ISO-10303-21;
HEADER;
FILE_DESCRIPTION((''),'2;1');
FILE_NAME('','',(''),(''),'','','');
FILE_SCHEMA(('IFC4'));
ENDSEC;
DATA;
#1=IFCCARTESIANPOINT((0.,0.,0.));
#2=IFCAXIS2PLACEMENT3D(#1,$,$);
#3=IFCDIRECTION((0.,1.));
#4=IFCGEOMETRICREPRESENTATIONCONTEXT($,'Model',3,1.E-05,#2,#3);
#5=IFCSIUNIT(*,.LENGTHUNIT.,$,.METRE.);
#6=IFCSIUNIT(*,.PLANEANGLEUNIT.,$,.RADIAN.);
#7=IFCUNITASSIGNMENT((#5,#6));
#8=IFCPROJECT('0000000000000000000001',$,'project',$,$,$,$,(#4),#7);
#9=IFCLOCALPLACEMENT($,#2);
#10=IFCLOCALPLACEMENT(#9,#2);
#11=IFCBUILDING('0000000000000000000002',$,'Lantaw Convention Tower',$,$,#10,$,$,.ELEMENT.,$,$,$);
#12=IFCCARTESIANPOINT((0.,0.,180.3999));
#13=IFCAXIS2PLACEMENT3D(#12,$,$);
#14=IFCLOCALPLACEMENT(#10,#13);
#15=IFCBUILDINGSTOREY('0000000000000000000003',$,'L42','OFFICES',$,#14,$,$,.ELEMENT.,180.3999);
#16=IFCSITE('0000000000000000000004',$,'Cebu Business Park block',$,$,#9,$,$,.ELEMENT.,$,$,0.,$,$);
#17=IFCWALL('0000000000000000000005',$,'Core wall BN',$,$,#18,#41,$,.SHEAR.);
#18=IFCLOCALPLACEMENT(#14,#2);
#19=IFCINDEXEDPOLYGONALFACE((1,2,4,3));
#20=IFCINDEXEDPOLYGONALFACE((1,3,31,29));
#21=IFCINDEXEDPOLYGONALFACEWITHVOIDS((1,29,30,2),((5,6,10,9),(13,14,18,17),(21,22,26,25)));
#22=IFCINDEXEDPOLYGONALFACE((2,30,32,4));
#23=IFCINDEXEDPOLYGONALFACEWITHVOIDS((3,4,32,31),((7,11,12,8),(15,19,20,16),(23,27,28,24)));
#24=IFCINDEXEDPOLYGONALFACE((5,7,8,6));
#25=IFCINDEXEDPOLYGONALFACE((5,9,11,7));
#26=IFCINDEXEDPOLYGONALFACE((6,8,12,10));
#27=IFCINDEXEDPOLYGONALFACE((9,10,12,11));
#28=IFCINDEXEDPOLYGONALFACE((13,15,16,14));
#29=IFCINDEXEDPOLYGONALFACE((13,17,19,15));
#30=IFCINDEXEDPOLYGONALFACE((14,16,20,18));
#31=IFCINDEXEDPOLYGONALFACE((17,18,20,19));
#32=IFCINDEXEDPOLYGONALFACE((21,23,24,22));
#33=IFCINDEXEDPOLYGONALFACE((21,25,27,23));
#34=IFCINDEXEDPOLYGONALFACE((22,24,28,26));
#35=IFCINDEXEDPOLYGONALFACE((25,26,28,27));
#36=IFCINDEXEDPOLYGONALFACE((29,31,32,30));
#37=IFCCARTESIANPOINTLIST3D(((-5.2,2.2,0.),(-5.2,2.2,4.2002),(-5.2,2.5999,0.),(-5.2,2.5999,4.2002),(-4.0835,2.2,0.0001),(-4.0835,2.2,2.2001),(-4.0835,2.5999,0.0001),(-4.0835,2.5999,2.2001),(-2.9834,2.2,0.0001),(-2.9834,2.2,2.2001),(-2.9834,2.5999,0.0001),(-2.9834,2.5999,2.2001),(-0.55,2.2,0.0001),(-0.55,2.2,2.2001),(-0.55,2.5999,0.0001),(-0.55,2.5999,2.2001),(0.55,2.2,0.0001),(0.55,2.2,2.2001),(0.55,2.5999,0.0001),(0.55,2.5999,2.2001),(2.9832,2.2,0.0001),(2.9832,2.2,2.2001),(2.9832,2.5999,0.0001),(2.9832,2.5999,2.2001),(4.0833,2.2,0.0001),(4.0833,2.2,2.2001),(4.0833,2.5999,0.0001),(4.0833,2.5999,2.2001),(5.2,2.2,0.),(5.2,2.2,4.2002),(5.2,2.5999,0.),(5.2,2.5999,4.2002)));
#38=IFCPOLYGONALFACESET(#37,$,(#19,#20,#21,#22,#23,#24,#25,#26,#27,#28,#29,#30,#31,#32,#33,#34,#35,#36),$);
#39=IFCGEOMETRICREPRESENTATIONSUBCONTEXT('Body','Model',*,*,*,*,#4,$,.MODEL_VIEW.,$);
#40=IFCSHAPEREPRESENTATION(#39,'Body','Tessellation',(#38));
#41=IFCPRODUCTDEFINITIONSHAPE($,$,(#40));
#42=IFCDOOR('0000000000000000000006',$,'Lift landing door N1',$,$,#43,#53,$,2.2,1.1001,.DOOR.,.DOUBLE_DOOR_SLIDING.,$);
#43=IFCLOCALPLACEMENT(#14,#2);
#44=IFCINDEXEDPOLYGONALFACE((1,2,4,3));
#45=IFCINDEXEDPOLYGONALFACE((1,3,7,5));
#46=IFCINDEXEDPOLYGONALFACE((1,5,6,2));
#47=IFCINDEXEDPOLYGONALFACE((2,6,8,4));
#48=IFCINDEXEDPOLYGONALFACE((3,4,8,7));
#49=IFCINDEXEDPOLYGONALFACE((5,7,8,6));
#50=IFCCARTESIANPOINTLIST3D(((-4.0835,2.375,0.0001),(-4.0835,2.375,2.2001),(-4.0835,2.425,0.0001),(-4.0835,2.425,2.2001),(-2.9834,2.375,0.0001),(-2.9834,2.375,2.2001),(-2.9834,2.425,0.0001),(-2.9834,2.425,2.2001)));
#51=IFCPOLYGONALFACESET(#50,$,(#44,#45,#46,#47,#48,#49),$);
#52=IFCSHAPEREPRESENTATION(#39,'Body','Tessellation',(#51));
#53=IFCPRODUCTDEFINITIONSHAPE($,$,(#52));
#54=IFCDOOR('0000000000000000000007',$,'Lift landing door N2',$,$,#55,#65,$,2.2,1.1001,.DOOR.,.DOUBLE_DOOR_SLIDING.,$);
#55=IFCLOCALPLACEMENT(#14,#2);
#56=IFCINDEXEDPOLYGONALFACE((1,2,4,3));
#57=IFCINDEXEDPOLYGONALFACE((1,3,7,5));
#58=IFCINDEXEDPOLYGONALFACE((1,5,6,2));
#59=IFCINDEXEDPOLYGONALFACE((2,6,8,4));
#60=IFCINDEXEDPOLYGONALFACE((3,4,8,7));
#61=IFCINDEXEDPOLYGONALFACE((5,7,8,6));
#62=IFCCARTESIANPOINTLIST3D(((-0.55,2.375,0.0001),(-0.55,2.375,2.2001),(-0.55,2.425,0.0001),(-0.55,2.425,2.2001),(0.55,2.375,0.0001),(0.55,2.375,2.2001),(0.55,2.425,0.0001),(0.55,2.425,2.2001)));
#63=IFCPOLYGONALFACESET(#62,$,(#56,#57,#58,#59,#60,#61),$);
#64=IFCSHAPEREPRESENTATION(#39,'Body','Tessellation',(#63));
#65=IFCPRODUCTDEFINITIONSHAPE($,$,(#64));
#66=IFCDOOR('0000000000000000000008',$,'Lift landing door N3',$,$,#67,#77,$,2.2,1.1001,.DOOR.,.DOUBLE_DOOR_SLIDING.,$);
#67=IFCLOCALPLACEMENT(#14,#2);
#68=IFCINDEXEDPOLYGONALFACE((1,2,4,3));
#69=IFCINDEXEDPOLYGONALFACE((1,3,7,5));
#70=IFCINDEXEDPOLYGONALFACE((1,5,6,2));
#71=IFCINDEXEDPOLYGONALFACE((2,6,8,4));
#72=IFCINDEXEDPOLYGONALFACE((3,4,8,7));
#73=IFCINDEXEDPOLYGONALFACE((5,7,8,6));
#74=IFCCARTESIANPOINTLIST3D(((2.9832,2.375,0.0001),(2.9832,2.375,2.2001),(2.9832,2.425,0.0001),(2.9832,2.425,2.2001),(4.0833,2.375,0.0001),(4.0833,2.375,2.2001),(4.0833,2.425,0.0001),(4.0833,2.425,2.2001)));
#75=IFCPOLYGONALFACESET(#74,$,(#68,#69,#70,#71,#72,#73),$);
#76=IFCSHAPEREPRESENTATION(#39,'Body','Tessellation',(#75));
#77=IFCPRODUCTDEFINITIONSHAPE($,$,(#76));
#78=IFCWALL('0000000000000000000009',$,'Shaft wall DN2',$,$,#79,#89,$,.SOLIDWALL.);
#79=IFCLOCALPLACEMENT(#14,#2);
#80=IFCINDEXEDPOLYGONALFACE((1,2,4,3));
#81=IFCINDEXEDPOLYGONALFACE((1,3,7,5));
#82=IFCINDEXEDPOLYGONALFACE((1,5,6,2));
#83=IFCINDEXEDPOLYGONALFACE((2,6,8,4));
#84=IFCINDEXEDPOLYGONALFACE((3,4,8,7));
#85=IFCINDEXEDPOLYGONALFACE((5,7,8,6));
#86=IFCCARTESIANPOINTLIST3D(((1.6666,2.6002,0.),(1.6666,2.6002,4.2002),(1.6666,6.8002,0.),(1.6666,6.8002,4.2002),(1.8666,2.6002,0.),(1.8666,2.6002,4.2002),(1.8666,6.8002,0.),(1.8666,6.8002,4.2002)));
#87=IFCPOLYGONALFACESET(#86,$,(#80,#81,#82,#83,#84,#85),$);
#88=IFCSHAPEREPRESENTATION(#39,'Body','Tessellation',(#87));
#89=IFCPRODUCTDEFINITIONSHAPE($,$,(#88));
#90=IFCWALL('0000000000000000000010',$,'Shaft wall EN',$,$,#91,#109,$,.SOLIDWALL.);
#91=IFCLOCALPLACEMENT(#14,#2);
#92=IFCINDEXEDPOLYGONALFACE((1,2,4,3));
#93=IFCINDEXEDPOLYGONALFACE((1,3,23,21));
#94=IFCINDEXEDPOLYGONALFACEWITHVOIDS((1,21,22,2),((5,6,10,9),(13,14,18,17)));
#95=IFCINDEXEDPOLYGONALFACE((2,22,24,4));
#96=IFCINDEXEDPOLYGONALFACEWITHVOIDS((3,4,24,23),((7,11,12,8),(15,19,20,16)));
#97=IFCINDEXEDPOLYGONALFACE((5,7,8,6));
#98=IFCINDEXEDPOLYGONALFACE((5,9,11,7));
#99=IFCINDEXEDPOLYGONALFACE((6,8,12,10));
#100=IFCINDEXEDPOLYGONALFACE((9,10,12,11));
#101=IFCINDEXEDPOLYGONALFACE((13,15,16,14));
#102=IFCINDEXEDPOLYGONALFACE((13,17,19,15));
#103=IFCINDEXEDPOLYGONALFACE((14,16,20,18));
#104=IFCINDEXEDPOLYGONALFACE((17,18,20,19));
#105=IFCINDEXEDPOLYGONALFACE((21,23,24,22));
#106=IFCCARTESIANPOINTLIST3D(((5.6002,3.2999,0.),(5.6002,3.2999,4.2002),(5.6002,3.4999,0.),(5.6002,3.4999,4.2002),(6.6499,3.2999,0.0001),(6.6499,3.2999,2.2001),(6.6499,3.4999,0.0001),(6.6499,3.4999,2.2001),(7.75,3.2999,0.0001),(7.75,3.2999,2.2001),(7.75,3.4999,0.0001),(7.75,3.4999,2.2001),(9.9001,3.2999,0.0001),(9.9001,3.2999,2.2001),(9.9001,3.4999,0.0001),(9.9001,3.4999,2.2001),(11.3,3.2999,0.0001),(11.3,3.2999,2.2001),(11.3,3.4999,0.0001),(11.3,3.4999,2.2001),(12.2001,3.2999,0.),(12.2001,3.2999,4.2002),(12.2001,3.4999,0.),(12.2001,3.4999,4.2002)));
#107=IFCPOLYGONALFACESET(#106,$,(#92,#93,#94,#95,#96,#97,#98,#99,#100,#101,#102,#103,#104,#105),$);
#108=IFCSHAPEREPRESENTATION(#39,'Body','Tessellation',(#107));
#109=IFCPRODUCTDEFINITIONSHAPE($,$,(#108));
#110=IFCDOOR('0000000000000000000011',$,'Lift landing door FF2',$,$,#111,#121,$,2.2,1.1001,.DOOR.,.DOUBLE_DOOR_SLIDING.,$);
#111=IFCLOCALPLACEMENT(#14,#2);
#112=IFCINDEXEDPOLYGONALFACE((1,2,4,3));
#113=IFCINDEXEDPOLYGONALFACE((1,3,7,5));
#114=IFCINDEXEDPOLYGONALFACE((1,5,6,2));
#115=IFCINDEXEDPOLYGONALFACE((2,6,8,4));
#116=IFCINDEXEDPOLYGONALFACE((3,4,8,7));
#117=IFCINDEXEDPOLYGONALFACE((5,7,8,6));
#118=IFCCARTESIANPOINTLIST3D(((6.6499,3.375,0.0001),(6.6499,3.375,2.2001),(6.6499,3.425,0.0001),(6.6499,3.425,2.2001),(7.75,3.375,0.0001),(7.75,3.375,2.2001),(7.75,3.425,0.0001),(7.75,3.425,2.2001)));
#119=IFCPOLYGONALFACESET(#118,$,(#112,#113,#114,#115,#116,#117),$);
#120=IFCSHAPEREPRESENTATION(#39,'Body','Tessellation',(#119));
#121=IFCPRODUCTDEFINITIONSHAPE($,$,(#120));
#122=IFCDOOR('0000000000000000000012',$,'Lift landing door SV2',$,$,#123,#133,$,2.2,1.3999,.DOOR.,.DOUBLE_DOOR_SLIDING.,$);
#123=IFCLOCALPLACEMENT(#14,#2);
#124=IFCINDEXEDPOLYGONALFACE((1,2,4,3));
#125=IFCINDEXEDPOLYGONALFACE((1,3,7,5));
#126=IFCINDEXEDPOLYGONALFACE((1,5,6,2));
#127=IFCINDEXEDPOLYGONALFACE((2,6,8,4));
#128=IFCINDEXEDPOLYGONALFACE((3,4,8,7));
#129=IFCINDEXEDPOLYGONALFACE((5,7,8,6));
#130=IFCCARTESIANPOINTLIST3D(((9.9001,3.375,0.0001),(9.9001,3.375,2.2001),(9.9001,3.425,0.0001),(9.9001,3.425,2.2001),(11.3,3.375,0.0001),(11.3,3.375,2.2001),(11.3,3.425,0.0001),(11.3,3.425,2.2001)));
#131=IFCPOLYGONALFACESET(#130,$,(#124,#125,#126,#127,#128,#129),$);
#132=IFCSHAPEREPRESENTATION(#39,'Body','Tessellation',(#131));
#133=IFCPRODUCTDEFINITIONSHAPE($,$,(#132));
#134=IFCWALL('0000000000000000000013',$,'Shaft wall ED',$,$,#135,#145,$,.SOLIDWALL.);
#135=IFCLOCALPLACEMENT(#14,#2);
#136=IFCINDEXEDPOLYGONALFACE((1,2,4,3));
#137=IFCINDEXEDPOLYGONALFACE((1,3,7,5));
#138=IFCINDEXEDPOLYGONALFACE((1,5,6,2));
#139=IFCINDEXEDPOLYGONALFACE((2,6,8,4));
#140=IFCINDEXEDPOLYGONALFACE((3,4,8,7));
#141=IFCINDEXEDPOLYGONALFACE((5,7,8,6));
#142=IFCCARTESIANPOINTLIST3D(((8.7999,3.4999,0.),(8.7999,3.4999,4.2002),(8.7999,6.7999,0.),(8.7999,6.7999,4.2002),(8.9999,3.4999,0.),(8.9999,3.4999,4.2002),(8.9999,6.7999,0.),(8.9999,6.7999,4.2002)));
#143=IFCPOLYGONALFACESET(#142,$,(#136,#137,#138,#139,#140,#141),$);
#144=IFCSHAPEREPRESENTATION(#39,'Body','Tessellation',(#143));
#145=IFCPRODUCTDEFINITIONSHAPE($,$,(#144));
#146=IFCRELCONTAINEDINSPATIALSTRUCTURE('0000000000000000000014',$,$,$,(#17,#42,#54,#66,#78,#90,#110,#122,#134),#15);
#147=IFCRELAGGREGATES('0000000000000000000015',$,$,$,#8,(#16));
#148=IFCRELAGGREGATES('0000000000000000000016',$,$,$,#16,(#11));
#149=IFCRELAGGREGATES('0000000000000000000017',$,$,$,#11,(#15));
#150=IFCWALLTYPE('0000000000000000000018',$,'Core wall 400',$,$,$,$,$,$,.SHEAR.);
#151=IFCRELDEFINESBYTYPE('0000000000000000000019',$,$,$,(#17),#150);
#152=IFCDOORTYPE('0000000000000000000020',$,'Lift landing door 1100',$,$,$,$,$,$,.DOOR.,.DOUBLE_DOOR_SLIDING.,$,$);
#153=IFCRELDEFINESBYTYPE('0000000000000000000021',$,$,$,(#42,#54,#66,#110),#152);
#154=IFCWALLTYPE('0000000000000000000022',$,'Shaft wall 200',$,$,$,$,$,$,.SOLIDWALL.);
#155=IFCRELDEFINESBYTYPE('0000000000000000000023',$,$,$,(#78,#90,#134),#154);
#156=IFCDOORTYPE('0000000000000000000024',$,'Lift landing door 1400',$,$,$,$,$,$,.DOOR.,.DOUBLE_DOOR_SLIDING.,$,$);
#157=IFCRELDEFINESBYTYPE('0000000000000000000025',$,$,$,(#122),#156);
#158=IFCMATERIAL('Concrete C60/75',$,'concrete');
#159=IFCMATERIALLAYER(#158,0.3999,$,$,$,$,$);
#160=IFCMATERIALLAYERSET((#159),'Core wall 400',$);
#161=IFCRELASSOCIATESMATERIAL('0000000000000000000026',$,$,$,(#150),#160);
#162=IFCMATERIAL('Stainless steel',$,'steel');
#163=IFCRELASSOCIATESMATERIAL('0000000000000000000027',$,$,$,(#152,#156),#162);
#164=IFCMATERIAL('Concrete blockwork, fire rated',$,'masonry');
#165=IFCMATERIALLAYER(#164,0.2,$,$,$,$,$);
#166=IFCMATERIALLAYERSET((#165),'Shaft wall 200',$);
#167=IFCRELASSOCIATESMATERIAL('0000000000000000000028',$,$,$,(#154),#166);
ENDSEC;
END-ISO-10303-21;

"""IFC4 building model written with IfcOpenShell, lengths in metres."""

from ifc_helpers import new_model, si_unit, direction, frame, frame_2d, origin, place, context, subcontext, project, spatial, rectangle, extrude, material, layer, layer_set, type_object, element, fill, save


model = new_model("IFC4")

# Units and contexts
model_context = context("Model", 3, precision=1e-05, world=origin(), true_north=direction((0.0, 1.0)))
body_context = subcontext(model_context, "Body", "Model", "MODEL_VIEW")
ifc_project = project(units=[si_unit("LENGTHUNIT", "METRE"), si_unit("PLANEANGLEUNIT", "RADIAN")], contexts=[model_context])

# Site, building, storey
site_placement = place(None, origin())
site = spatial("IfcSite", under=ifc_project, at=site_placement, Name="Cebu Business Park block", CompositionType="ELEMENT", RefElevation=0.0)
building_placement = place(site_placement, origin())
building = spatial("IfcBuilding", under=site, at=building_placement, Name="Lantaw Convention Tower", CompositionType="ELEMENT")
storey_placement = place(building_placement, frame((0.0, 0.0, 180.3999)))
storey = spatial("IfcBuildingStorey", under=building, at=storey_placement, Name="L42", Description="OFFICES", CompositionType="ELEMENT", Elevation=180.3999)

# Shared definitions
ifc_material_1 = material(Name="Concrete C60/75", Category="concrete")

# Wall, openings, doors
ifc_layer_1 = layer(ifc_material_1, 0.3999)
ifc_layer_set_1 = layer_set([ifc_layer_1], Name="Core wall 400")
wall_type_1 = type_object("IfcWallType", Name="Core wall 400", PredefinedType="SHEAR", material=ifc_layer_set_1)
wall_1_placement = place(storey_placement, frame((5.2, 2.3999, 0.0), z_axis=(0.0, 0.0, 1.0), x_axis=(-1.0, 0.0, 0.0)))
wall_1 = element("IfcWall", 1, at=wall_1_placement, inside=storey, type_object=wall_type_1, Name="Core wall BN", PredefinedType="SHEAR", context=body_context, shape_type="SweptSolid", body=[
    extrude(rectangle(XDim=10.3999, YDim=0.3999, at=frame_2d((5.2, 0.0))), origin(), (0.0, 0.0, 1.0), 4.2002),
])
opening_1_placement = place(wall_1_placement, frame((8.1833, 0.0, 0.0)))
opening_1 = element("IfcOpeningElement", 2, at=opening_1_placement, cuts=wall_1, PredefinedType="OPENING", context=body_context, shape_type="SweptSolid", body=[
    extrude(rectangle(XDim=1.1001, YDim=2.2, at=frame_2d((0.55, 1.1001))), frame((0.0, 0.21, 0.0), z_axis=(0.0, -1.0, 0.0), x_axis=(1.0, 0.0, 0.0)), (0.0, 0.0, 1.0), 0.4199),
])
opening_2_placement = place(wall_1_placement, frame((4.6499, 0.0, 0.0)))
opening_2 = element("IfcOpeningElement", 3, at=opening_2_placement, cuts=wall_1, PredefinedType="OPENING", context=body_context, shape_type="SweptSolid", body=[
    extrude(rectangle(XDim=1.1001, YDim=2.2, at=frame_2d((0.55, 1.1001))), frame((0.0, 0.21, 0.0), z_axis=(0.0, -1.0, 0.0), x_axis=(1.0, 0.0, 0.0)), (0.0, 0.0, 1.0), 0.4199),
])
opening_3_placement = place(wall_1_placement, frame((1.1167, 0.0, 0.0)))
opening_3 = element("IfcOpeningElement", 4, at=opening_3_placement, cuts=wall_1, PredefinedType="OPENING", context=body_context, shape_type="SweptSolid", body=[
    extrude(rectangle(XDim=1.1001, YDim=2.2, at=frame_2d((0.55, 1.1001))), frame((0.0, 0.21, 0.0), z_axis=(0.0, -1.0, 0.0), x_axis=(1.0, 0.0, 0.0)), (0.0, 0.0, 1.0), 0.4199),
])
ifc_material_2 = material(Name="Stainless steel", Category="steel")
door_type_1 = type_object("IfcDoorType", Name="Lift landing door 1100", OperationType="DOUBLE_DOOR_SLIDING", PredefinedType="DOOR", material=ifc_material_2)
door_1_placement = place(opening_1_placement, origin())
door_1 = element("IfcDoor", 5, at=door_1_placement, inside=storey, type_object=door_type_1, Name="Lift landing door N1", OperationType="DOUBLE_DOOR_SLIDING", OverallHeight=2.2, OverallWidth=1.1001, PredefinedType="DOOR", context=body_context, shape_type="SweptSolid", body=[
    extrude(rectangle(XDim=1.1001, YDim=2.2, at=frame_2d((0.55, 1.1001))), frame((0.0, 0.0249, 0.0), z_axis=(0.0, -1.0, 0.0), x_axis=(1.0, 0.0, 0.0)), (0.0, 0.0, 1.0), 0.05),
])
fill(opening_1, door_1)
door_2_placement = place(opening_2_placement, origin())
door_2 = element("IfcDoor", 6, at=door_2_placement, inside=storey, type_object=door_type_1, Name="Lift landing door N2", OperationType="DOUBLE_DOOR_SLIDING", OverallHeight=2.2, OverallWidth=1.1001, PredefinedType="DOOR", context=body_context, shape_type="SweptSolid", body=[
    extrude(rectangle(XDim=1.1001, YDim=2.2, at=frame_2d((0.55, 1.1001))), frame((0.0, 0.0249, 0.0), z_axis=(0.0, -1.0, 0.0), x_axis=(1.0, 0.0, 0.0)), (0.0, 0.0, 1.0), 0.05),
])
fill(opening_2, door_2)
door_3_placement = place(opening_3_placement, origin())
door_3 = element("IfcDoor", 7, at=door_3_placement, inside=storey, type_object=door_type_1, Name="Lift landing door N3", OperationType="DOUBLE_DOOR_SLIDING", OverallHeight=2.2, OverallWidth=1.1001, PredefinedType="DOOR", context=body_context, shape_type="SweptSolid", body=[
    extrude(rectangle(XDim=1.1001, YDim=2.2, at=frame_2d((0.55, 1.1001))), frame((0.0, 0.0249, 0.0), z_axis=(0.0, -1.0, 0.0), x_axis=(1.0, 0.0, 0.0)), (0.0, 0.0, 1.0), 0.05),
])
fill(opening_3, door_3)

# Wall
ifc_material_3 = material(Name="Concrete blockwork, fire rated", Category="masonry")
ifc_layer_2 = layer(ifc_material_3, 0.2)
ifc_layer_set_2 = layer_set([ifc_layer_2], Name="Shaft wall 200")
wall_type_2 = type_object("IfcWallType", Name="Shaft wall 200", PredefinedType="SOLIDWALL", material=ifc_layer_set_2)
wall_2_placement = place(storey_placement, frame((1.7666, 2.6001, 0.0), z_axis=(0.0, 0.0, 1.0), x_axis=(0.0, 1.0, 0.0)))
element("IfcWall", 8, at=wall_2_placement, inside=storey, type_object=wall_type_2, Name="Shaft wall DN2", PredefinedType="SOLIDWALL", context=body_context, shape_type="SweptSolid", body=[
    extrude(rectangle(XDim=4.2, YDim=0.2, at=frame_2d((2.1001, 0.0))), origin(), (0.0, 0.0, 1.0), 4.2002),
])

# Wall, openings, doors
wall_3_placement = place(storey_placement, frame((12.2, 3.3999, 0.0), z_axis=(0.0, 0.0, 1.0), x_axis=(-1.0, 0.0, 0.0)))
wall_3 = element("IfcWall", 9, at=wall_3_placement, inside=storey, type_object=wall_type_2, Name="Shaft wall EN", PredefinedType="SOLIDWALL", context=body_context, shape_type="SweptSolid", body=[
    extrude(rectangle(XDim=6.5999, YDim=0.2, at=frame_2d((3.2998, 0.0))), origin(), (0.0, 0.0, 1.0), 4.2002),
])
opening_4_placement = place(wall_3_placement, frame((4.45, 0.0, 0.0)))
opening_4 = element("IfcOpeningElement", 10, at=opening_4_placement, cuts=wall_3, PredefinedType="OPENING", context=body_context, shape_type="SweptSolid", body=[
    extrude(rectangle(XDim=1.1001, YDim=2.2, at=frame_2d((0.55, 1.1001))), frame((0.0, 0.1099, 0.0), z_axis=(0.0, -1.0, 0.0), x_axis=(1.0, 0.0, 0.0)), (0.0, 0.0, 1.0), 0.22),
])
opening_5_placement = place(wall_3_placement, frame((0.8999, 0.0, 0.0)))
opening_5 = element("IfcOpeningElement", 11, at=opening_5_placement, cuts=wall_3, PredefinedType="OPENING", context=body_context, shape_type="SweptSolid", body=[
    extrude(rectangle(XDim=1.3999, YDim=2.2, at=frame_2d((0.7, 1.1001))), frame((0.0, 0.1099, 0.0), z_axis=(0.0, -1.0, 0.0), x_axis=(1.0, 0.0, 0.0)), (0.0, 0.0, 1.0), 0.22),
])
door_4_placement = place(opening_4_placement, origin())
door_4 = element("IfcDoor", 12, at=door_4_placement, inside=storey, type_object=door_type_1, Name="Lift landing door FF2", OperationType="DOUBLE_DOOR_SLIDING", OverallHeight=2.2, OverallWidth=1.1001, PredefinedType="DOOR", context=body_context, shape_type="SweptSolid", body=[
    extrude(rectangle(XDim=1.1001, YDim=2.2, at=frame_2d((0.55, 1.1001))), frame((0.0, 0.0249, 0.0), z_axis=(0.0, -1.0, 0.0), x_axis=(1.0, 0.0, 0.0)), (0.0, 0.0, 1.0), 0.05),
])
fill(opening_4, door_4)
door_type_2 = type_object("IfcDoorType", Name="Lift landing door 1400", OperationType="DOUBLE_DOOR_SLIDING", PredefinedType="DOOR", material=ifc_material_2)
door_5_placement = place(opening_5_placement, origin())
door_5 = element("IfcDoor", 13, at=door_5_placement, inside=storey, type_object=door_type_2, Name="Lift landing door SV2", OperationType="DOUBLE_DOOR_SLIDING", OverallHeight=2.2, OverallWidth=1.3999, PredefinedType="DOOR", context=body_context, shape_type="SweptSolid", body=[
    extrude(rectangle(XDim=1.3999, YDim=2.2, at=frame_2d((0.7, 1.1001))), frame((0.0, 0.0249, 0.0), z_axis=(0.0, -1.0, 0.0), x_axis=(1.0, 0.0, 0.0)), (0.0, 0.0, 1.0), 0.05),
])
fill(opening_5, door_5)

# Wall
wall_4_placement = place(storey_placement, frame((8.8999, 3.5, 0.0), z_axis=(0.0, 0.0, 1.0), x_axis=(0.0, 1.0, 0.0)))
element("IfcWall", 14, at=wall_4_placement, inside=storey, type_object=wall_type_2, Name="Shaft wall ED", PredefinedType="SOLIDWALL", context=body_context, shape_type="SweptSolid", body=[
    extrude(rectangle(XDim=3.3, YDim=0.2, at=frame_2d((1.6499, 0.0))), origin(), (0.0, 0.0, 1.0), 4.2002),
])

save(model, "model.ifc")
